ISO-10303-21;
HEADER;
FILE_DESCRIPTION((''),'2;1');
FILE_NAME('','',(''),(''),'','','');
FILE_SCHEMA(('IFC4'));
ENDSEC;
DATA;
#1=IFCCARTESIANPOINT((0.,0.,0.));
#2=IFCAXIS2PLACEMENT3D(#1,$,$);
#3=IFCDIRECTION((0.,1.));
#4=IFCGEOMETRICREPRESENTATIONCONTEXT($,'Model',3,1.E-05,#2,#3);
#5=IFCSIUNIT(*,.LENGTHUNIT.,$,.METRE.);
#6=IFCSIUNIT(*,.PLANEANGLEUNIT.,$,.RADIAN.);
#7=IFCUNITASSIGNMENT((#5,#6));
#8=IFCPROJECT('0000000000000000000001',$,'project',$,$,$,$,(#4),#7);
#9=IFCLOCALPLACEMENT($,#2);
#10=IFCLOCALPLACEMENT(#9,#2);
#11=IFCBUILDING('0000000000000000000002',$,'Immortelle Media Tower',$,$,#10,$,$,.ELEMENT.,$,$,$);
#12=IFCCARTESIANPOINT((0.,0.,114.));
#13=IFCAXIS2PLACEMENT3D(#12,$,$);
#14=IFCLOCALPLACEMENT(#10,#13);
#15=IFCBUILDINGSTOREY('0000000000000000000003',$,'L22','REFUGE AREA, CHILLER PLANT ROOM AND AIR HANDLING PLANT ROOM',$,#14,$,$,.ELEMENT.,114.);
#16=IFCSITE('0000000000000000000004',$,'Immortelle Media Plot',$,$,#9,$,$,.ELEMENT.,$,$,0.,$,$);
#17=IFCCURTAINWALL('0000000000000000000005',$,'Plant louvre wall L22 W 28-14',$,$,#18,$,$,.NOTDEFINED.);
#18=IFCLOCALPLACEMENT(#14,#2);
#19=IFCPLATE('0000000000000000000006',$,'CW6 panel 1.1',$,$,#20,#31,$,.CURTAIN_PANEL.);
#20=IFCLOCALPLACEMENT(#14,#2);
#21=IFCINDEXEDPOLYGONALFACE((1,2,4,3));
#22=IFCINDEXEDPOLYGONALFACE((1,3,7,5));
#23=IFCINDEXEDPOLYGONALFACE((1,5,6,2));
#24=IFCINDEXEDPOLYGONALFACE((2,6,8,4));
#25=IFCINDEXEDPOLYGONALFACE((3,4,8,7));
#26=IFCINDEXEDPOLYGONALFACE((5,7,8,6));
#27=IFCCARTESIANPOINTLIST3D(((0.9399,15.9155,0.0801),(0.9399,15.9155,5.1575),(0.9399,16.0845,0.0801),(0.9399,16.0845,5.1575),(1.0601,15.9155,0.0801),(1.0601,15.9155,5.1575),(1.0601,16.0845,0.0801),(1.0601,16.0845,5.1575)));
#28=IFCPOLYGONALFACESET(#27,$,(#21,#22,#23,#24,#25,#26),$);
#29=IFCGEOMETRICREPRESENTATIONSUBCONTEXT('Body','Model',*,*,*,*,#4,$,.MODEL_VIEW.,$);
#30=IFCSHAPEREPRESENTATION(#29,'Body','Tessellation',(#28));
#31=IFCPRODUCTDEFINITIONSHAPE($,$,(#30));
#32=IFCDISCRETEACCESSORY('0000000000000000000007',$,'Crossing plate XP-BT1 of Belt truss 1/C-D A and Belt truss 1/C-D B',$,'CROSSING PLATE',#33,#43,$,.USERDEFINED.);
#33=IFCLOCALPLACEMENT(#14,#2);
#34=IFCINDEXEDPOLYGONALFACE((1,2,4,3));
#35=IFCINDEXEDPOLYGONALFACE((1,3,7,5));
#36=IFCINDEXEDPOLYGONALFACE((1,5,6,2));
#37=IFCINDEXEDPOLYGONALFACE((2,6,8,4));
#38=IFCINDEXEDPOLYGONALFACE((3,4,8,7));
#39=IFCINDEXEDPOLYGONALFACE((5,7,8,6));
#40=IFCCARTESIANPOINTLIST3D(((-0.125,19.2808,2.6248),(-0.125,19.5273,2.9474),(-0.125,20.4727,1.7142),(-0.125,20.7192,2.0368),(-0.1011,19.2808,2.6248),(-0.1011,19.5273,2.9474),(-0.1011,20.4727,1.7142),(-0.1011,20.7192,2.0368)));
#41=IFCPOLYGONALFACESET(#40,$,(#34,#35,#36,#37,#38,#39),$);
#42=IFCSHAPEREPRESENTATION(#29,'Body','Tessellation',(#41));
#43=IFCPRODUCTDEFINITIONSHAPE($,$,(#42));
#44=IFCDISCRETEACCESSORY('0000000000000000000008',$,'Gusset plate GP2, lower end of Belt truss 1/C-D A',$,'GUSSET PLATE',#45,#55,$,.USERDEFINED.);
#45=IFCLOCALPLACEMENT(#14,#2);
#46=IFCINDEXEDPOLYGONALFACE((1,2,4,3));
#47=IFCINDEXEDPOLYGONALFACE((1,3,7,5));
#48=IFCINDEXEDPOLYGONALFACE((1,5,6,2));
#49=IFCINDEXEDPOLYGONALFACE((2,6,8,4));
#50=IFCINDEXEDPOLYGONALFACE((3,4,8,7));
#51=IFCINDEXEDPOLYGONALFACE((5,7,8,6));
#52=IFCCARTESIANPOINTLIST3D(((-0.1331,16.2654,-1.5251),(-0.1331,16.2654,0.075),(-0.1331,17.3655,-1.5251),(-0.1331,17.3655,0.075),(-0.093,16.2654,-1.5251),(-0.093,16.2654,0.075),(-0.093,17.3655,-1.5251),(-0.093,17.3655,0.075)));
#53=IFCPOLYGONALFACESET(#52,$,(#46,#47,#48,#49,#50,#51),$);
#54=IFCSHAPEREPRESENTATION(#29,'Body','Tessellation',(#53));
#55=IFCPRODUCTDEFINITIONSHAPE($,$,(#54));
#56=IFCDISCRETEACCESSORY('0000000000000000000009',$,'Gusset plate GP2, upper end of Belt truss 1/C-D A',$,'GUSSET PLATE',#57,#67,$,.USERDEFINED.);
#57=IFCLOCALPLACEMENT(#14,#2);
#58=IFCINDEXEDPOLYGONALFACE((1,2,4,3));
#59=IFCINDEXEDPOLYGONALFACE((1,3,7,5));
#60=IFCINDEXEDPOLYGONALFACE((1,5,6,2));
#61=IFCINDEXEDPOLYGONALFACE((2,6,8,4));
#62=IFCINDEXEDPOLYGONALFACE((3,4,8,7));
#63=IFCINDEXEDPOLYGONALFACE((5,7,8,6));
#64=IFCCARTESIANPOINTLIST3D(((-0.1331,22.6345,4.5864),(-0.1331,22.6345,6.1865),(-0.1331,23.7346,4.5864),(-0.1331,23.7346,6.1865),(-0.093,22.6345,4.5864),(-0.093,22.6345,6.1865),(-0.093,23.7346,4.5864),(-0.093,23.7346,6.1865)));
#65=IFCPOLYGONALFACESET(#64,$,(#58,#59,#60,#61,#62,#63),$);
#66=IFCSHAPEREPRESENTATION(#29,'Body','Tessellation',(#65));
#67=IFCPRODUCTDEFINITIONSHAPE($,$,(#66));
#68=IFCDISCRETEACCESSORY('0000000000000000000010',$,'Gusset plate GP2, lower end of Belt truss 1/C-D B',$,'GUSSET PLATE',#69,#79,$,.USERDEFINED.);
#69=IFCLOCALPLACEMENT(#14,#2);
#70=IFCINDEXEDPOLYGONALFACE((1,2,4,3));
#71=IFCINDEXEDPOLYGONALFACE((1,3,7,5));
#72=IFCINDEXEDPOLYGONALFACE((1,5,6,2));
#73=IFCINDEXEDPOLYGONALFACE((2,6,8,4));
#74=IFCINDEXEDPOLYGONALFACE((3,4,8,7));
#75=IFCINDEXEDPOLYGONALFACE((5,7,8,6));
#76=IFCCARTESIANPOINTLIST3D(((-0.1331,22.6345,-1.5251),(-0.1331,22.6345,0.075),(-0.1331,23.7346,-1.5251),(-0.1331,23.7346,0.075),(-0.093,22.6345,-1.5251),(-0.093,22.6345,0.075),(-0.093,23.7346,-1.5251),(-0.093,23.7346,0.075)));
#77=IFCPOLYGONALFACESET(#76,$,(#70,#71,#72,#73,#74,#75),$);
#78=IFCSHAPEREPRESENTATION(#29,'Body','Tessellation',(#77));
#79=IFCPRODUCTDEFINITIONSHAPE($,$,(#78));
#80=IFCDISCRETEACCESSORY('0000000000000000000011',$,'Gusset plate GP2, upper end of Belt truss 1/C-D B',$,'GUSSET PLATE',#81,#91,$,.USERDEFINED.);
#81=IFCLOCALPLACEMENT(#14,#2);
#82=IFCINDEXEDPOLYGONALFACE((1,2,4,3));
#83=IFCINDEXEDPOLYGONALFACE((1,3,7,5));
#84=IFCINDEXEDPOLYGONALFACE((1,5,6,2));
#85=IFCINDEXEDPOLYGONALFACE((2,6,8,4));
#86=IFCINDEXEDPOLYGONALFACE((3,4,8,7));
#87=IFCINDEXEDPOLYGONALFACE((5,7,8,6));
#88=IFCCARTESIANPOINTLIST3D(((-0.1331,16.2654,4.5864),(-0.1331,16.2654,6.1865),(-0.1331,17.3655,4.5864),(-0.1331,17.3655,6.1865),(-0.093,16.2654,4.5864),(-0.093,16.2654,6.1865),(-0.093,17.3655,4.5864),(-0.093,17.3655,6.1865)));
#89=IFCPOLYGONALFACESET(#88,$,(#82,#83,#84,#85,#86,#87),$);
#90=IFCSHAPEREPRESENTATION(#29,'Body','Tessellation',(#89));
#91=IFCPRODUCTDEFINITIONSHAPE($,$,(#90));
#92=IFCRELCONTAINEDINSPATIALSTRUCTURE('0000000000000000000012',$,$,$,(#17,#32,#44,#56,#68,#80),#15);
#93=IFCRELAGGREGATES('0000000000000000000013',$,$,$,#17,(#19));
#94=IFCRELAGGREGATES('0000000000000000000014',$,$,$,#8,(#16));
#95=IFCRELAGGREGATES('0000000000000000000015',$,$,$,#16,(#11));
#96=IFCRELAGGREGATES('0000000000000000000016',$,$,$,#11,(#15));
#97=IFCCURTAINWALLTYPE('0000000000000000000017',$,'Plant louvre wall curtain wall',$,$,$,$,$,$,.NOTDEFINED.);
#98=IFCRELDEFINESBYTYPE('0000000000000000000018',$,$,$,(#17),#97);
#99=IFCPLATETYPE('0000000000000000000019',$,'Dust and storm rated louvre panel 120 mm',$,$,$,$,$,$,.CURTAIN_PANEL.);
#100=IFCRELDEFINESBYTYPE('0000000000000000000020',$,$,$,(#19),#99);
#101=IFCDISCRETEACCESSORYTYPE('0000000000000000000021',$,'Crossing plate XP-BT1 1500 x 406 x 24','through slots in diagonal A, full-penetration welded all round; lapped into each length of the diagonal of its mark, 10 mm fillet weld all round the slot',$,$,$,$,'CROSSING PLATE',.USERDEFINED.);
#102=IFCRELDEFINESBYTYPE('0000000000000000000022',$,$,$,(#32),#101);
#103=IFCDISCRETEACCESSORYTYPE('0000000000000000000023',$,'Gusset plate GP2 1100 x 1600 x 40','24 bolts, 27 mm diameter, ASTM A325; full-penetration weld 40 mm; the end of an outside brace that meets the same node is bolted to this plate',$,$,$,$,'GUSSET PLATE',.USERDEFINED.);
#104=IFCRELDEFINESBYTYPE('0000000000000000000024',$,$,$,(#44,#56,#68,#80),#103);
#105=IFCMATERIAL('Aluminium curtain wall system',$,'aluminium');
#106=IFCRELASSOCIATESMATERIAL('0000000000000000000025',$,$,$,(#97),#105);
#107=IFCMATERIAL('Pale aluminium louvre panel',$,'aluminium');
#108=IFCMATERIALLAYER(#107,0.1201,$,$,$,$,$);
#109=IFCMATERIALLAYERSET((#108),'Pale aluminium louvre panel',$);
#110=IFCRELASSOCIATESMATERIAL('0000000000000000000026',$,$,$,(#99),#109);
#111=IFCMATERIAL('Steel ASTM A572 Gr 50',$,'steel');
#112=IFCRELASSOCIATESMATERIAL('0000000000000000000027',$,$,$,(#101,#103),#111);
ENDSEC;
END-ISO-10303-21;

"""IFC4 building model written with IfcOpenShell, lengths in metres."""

from ifc_helpers import new_model, si_unit, direction, frame, origin, origin_2d, place, context, subcontext, project, spatial, rectangle, extrude, material, layer, layer_set, material_profile, profile_set, type_object, element, aggregate, save


model = new_model("IFC4")

# Units and contexts
model_context = context("Model", 3, precision=1e-05, world=origin(), true_north=direction((0.0, 1.0)))
body_context = subcontext(model_context, "Body", "Model", "MODEL_VIEW")
ifc_project = project(units=[si_unit("LENGTHUNIT", "METRE"), si_unit("PLANEANGLEUNIT", "RADIAN")], contexts=[model_context])

# Site, building, storey
site_placement = place(None, origin())
site = spatial("IfcSite", under=ifc_project, at=site_placement, Name="Immortelle Media Plot", CompositionType="ELEMENT", RefElevation=0.0)
building_placement = place(site_placement, origin())
building = spatial("IfcBuilding", under=site, at=building_placement, Name="Immortelle Media Tower", CompositionType="ELEMENT")
storey_placement = place(building_placement, frame((0.0, 0.0, 114.0)))
storey = spatial("IfcBuildingStorey", under=building, at=storey_placement, Name="L22", Description="REFUGE AREA, CHILLER PLANT ROOM AND AIR HANDLING PLANT ROOM", CompositionType="ELEMENT", Elevation=114.0)

# Shared definitions
ifc_material_1 = material(Name="Aluminium curtain wall system", Category="aluminium")
curtain_wall_type = type_object("IfcCurtainWallType", Name="Plant louvre wall curtain wall", PredefinedType="NOTDEFINED", material=ifc_material_1)

# Curtain wall
curtain_wall_1_placement = place(storey_placement, origin())
curtain_wall_1 = element("IfcCurtainWall", 1, at=curtain_wall_1_placement, inside=storey, type_object=curtain_wall_type, Name="Plant louvre wall L22 W 28-14", PredefinedType="NOTDEFINED")

# Plate
ifc_material_2 = material(Name="Pale aluminium louvre panel", Category="aluminium")
ifc_layer = layer(ifc_material_2, 0.1201)
ifc_layer_set = layer_set([ifc_layer], Name="Pale aluminium louvre panel")
plate_type = type_object("IfcPlateType", Name="Dust and storm rated louvre panel 120 mm", PredefinedType="CURTAIN_PANEL", material=ifc_layer_set)
plate_1_placement = place(storey_placement, frame((1.0, 16.0, 0.0801), z_axis=(0.0, 0.0, 1.0), x_axis=(0.0, -1.0, 0.0)))
plate_1 = element("IfcPlate", 2, at=plate_1_placement, type_object=plate_type, Name="CW6 panel 1.1", PredefinedType="CURTAIN_PANEL", context=body_context, shape_type="SweptSolid", body=[
    extrude(rectangle(XDim=0.1689, YDim=0.1201, at=origin_2d()), origin(), (0.0, 0.0, 1.0), 5.0774),
])
aggregate(curtain_wall_1, [plate_1])

# Discrete accessories
ifc_material_3 = material(Name="Steel ASTM A572 Gr 50", Category="steel")
ifc_material_profile_1 = material_profile(ifc_material_3, rectangle(XDim=0.0239, YDim=0.406, at=origin_2d()), Name="PL 24 x 406")
ifc_profile_set_1 = profile_set([ifc_material_profile_1], Name="Steel ASTM A572 Gr 50")
discrete_accessory_type_1 = type_object("IfcDiscreteAccessoryType", Name="Crossing plate XP-BT1 1500 x 406 x 24", Description="through slots in diagonal A, full-penetration welded all round; lapped into each length of the diagonal of its mark, 10 mm fillet weld all round the slot", ElementType="CROSSING PLATE", PredefinedType="USERDEFINED", material=ifc_profile_set_1)
discrete_accessory_placement = place(storey_placement, frame((-0.113, 19.4041, 2.7861), z_axis=(0.0, 0.794616, -0.607112), x_axis=(-1.0, 0.0, 0.0)))
element("IfcDiscreteAccessory", 3, at=discrete_accessory_placement, inside=storey, type_object=discrete_accessory_type_1, Name="Crossing plate XP-BT1 of Belt truss 1/C-D A and Belt truss 1/C-D B", ObjectType="CROSSING PLATE", PredefinedType="USERDEFINED", context=body_context, shape_type="SweptSolid", body=[
    extrude(rectangle(XDim=0.0239, YDim=0.406, at=origin_2d()), origin(), (0.0, 0.0, 1.0), 1.5),
])
ifc_material_profile_2 = material_profile(ifc_material_3, rectangle(XDim=0.04, YDim=1.6001, at=origin_2d()), Name="PL 40 x 1600")
ifc_profile_set_2 = profile_set([ifc_material_profile_2], Name="Steel ASTM A572 Gr 50")
discrete_accessory_type_2 = type_object("IfcDiscreteAccessoryType", Name="Gusset plate GP2 1100 x 1600 x 40", Description="24 bolts, 27 mm diameter, ASTM A325; full-penetration weld 40 mm; the end of an outside brace that meets the same node is bolted to this plate", ElementType="GUSSET PLATE", PredefinedType="USERDEFINED", material=ifc_profile_set_2)
for number, where, z_axis, x_axis, name in (
    (4, (-0.113, 16.2654, -0.7251), (0.0, 1.0, 0.0), (-1.0, 0.0, 0.0), "Gusset plate GP2, lower end of Belt truss 1/C-D A"),
    (5, (-0.113, 23.7346, 5.3865), (0.0, -1.0, 0.0), (1.0, 0.0, 0.0), "Gusset plate GP2, upper end of Belt truss 1/C-D A"),
    (6, (-0.113, 23.7346, -0.7251), (0.0, -1.0, 0.0), (1.0, 0.0, 0.0), "Gusset plate GP2, lower end of Belt truss 1/C-D B"),
    (7, (-0.113, 16.2654, 5.3865), (0.0, 1.0, 0.0), (-1.0, 0.0, 0.0), "Gusset plate GP2, upper end of Belt truss 1/C-D B"),
):
    element("IfcDiscreteAccessory", number, at=place(storey_placement, frame(where, z_axis=z_axis, x_axis=x_axis)), inside=storey, type_object=discrete_accessory_type_2, Name=name, ObjectType="GUSSET PLATE", PredefinedType="USERDEFINED", context=body_context, shape_type="SweptSolid", body=[
        extrude(rectangle(XDim=0.04, YDim=1.6001, at=origin_2d()), origin(), (0.0, 0.0, 1.0), 1.1001),
    ])

save(model, "model.ifc")
